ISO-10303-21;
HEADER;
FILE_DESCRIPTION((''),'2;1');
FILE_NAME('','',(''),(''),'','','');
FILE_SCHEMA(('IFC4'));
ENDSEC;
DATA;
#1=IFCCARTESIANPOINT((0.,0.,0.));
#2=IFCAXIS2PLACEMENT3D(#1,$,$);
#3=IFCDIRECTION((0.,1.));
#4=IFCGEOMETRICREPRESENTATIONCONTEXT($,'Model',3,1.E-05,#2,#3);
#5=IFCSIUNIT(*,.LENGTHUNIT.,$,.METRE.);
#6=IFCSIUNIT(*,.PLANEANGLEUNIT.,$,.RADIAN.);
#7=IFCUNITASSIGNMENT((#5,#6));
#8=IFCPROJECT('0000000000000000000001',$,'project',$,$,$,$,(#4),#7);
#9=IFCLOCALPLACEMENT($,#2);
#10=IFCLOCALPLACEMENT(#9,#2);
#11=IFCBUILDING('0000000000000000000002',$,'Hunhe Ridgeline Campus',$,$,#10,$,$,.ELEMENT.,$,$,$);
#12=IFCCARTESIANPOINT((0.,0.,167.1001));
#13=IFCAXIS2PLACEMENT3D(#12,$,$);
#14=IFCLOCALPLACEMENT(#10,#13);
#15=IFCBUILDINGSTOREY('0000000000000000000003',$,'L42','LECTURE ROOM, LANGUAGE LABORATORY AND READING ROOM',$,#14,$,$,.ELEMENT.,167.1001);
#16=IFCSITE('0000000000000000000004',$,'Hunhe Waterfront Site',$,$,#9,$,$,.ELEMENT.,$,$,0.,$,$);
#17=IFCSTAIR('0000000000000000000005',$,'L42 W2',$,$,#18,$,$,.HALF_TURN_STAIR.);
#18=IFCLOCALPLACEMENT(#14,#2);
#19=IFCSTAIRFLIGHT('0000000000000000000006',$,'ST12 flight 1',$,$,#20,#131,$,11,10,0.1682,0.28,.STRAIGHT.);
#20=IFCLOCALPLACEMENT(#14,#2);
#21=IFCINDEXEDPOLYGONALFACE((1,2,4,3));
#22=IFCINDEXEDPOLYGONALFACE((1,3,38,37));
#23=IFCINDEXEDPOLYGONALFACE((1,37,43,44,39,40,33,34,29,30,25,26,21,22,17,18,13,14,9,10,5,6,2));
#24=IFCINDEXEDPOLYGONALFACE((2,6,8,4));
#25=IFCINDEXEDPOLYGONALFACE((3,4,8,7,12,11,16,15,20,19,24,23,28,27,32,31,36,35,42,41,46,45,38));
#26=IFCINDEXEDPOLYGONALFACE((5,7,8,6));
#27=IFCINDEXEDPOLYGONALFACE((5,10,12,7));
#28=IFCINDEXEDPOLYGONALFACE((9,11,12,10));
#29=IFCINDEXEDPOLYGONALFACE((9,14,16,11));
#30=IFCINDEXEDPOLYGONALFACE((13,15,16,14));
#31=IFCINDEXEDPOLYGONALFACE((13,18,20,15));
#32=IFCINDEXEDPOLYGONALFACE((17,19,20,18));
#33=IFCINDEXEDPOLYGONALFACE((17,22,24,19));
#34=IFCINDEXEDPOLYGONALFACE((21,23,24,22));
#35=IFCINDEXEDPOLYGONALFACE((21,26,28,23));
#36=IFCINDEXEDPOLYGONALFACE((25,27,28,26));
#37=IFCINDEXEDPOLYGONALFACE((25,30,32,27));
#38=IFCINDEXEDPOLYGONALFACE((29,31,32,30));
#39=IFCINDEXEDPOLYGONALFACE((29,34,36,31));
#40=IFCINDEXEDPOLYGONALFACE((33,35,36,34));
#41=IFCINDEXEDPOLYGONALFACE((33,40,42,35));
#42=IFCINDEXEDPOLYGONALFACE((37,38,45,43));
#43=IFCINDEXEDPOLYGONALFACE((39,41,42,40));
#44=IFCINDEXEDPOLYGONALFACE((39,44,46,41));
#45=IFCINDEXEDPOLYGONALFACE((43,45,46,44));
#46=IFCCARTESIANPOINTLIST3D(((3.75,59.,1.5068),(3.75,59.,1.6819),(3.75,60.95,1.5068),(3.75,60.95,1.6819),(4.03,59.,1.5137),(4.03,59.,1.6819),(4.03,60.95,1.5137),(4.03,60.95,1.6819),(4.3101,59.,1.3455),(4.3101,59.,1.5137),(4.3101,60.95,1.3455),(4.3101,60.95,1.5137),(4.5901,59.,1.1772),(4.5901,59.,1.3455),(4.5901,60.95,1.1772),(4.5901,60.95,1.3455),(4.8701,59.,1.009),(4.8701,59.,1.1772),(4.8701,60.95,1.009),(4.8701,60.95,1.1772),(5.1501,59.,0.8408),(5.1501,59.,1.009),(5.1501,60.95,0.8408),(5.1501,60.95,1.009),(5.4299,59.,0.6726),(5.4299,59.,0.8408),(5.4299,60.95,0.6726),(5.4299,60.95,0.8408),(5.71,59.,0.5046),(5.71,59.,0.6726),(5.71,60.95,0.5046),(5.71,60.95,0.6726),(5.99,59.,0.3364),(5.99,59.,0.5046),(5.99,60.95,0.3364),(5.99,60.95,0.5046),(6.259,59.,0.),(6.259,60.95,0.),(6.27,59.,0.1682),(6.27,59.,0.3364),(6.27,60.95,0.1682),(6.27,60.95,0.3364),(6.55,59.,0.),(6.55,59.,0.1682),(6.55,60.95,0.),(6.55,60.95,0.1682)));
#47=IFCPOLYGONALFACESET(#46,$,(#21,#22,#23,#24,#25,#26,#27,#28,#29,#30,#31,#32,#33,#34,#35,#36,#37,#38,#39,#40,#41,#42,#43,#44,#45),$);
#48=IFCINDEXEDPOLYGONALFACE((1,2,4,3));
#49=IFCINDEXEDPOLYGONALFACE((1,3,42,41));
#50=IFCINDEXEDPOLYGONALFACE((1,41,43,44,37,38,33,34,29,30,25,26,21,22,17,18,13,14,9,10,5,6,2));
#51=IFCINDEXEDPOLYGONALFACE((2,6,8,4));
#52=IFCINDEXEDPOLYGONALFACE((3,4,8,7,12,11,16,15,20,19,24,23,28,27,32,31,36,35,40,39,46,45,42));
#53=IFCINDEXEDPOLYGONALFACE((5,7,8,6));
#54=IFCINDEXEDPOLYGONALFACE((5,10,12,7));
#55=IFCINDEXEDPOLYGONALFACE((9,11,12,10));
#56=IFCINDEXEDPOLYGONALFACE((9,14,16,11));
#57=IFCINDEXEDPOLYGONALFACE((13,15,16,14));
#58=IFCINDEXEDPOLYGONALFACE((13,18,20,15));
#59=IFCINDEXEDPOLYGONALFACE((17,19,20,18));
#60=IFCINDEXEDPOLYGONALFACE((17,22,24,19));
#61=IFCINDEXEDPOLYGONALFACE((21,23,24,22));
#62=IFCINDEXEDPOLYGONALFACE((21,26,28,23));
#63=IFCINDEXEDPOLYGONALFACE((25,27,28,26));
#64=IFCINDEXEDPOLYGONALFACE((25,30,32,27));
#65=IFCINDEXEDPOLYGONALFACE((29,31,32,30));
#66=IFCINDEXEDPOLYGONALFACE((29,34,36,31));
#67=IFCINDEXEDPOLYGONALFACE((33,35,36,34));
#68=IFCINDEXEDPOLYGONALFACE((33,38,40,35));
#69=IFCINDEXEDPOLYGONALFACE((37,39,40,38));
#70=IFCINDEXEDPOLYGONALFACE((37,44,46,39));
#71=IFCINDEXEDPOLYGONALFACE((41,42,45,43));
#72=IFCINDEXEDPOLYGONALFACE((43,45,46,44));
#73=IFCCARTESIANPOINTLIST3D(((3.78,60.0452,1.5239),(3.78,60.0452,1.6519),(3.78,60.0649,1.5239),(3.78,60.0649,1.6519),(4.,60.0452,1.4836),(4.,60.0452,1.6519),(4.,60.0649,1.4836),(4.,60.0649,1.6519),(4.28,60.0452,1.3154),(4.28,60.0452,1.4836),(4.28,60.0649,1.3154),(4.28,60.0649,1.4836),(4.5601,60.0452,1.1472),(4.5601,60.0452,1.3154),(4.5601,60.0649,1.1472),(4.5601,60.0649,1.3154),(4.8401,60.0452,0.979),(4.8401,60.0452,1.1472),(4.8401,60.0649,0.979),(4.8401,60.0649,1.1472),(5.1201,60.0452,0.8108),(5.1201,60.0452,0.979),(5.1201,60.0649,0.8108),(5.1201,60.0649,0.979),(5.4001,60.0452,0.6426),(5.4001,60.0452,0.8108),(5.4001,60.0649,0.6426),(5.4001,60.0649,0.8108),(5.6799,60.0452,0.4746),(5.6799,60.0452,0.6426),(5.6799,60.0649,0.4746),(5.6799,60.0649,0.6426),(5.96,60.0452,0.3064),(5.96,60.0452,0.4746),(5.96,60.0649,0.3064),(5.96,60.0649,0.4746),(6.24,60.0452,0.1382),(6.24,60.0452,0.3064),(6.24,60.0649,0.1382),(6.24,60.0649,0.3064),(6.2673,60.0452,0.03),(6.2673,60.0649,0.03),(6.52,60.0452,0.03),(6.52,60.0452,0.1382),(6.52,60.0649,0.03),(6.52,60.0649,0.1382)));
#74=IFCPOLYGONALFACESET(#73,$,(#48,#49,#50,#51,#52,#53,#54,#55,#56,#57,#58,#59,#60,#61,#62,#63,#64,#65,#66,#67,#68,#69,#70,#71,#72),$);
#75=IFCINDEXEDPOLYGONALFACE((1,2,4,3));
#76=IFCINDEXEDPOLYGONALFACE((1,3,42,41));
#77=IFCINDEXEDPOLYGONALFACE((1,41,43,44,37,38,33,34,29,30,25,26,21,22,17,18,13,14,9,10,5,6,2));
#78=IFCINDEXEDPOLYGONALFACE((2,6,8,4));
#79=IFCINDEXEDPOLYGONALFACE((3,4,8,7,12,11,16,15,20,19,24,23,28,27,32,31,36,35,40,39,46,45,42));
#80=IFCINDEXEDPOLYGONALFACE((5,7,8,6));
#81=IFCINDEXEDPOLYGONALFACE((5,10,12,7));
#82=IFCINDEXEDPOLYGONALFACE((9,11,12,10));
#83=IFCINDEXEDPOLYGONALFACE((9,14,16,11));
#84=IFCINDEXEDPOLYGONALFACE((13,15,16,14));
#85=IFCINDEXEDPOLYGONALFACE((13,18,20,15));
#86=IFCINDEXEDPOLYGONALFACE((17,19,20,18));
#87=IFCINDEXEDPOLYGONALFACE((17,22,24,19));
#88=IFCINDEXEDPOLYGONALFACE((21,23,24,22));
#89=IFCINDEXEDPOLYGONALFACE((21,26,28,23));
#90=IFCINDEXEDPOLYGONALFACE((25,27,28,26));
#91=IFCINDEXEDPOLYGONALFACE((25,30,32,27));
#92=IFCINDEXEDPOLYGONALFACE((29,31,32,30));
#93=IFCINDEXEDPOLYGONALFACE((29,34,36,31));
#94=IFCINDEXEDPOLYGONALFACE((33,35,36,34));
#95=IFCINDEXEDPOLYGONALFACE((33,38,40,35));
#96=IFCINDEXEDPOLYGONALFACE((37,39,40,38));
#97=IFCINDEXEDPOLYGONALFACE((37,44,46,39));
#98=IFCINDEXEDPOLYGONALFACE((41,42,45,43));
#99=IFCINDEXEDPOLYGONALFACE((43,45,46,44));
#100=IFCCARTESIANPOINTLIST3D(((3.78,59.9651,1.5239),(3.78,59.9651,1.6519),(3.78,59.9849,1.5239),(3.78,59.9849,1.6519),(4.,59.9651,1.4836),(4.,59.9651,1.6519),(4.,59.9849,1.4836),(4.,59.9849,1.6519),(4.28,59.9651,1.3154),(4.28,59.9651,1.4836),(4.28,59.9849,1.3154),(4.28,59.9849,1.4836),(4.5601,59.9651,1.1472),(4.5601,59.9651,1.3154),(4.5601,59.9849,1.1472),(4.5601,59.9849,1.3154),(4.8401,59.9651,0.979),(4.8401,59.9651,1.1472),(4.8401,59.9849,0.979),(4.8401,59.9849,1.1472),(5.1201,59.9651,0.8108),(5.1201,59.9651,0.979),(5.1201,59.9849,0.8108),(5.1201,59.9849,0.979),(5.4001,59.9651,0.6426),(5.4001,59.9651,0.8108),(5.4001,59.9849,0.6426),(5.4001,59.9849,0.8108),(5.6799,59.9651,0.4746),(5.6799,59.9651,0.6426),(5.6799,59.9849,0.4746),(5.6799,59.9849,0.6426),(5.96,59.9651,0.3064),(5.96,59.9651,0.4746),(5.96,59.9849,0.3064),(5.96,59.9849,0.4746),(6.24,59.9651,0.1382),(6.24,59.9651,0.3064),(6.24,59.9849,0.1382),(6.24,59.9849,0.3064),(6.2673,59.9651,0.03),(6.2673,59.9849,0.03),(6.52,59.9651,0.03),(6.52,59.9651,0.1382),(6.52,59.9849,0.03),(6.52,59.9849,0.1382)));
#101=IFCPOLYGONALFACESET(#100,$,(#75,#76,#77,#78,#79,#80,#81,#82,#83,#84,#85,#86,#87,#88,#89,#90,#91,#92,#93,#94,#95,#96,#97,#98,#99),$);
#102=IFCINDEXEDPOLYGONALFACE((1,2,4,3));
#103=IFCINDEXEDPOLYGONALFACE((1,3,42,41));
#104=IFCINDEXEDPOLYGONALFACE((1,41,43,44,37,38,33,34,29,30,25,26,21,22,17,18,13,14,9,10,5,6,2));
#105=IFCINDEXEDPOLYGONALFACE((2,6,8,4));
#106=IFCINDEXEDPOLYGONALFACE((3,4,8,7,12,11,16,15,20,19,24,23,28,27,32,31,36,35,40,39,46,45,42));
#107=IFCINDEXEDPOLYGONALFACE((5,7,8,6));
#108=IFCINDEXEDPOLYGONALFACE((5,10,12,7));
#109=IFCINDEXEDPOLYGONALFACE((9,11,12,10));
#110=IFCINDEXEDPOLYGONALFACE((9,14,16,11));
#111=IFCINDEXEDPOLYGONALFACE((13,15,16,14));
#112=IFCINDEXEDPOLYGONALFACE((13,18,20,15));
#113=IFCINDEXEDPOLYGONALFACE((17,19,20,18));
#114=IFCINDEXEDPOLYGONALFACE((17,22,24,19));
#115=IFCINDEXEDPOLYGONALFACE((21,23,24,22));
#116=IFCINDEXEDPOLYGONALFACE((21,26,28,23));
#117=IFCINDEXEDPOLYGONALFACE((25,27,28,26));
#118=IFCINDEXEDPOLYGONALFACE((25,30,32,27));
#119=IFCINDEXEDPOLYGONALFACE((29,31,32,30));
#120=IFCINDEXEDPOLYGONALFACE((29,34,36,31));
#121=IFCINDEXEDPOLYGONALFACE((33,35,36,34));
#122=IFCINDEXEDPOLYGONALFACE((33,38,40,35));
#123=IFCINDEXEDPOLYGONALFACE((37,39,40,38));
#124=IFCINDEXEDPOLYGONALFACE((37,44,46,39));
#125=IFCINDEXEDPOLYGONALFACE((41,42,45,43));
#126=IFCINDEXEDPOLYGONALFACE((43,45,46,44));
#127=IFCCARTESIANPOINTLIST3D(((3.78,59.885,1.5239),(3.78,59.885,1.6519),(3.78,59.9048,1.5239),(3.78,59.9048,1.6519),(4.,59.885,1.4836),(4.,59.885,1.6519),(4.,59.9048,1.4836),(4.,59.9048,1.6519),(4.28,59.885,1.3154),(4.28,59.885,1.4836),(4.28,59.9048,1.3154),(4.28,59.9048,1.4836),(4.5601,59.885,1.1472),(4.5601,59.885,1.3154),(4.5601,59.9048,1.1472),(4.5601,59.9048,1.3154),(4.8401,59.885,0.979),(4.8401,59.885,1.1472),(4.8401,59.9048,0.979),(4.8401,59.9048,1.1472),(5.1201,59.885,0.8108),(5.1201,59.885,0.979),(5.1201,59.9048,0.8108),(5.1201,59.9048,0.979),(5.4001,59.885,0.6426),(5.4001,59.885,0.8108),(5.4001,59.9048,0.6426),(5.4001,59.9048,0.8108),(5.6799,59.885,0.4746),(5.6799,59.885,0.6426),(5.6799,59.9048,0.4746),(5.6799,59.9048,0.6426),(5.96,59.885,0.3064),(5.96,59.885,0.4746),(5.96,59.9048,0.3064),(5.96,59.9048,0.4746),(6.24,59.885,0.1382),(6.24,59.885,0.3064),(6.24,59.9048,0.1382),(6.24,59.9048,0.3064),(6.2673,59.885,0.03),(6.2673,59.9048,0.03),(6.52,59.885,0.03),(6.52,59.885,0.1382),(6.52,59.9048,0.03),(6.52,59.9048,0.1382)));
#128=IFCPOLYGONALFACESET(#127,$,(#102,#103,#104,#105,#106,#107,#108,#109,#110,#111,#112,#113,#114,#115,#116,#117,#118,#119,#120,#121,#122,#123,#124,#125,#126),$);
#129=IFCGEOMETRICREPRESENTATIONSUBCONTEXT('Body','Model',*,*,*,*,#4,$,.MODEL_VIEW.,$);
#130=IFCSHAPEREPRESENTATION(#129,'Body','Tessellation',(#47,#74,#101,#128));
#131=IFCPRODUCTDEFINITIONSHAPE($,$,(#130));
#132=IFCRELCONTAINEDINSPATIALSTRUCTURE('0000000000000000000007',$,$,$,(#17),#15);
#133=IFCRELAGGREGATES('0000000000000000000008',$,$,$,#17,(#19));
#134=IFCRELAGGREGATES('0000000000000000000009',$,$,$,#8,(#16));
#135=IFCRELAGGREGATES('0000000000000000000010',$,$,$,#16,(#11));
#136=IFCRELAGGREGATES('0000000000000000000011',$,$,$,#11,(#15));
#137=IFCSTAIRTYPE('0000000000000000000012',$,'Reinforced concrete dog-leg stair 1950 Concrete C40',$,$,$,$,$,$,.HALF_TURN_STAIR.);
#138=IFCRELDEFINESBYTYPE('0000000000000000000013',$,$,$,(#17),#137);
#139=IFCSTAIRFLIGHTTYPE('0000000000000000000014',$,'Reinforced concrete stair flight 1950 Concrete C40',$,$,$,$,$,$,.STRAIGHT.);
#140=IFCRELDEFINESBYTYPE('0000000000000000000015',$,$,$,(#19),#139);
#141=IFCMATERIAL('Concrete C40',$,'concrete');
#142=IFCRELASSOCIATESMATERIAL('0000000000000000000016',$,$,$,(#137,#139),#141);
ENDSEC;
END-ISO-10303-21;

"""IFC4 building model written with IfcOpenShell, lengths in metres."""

from ifc_helpers import new_model, si_unit, direction, frame, origin, place, context, subcontext, project, spatial, polyline, outline, extrude, material, type_object, element, aggregate, save


model = new_model("IFC4")

# Units and contexts
model_context = context("Model", 3, precision=1e-05, world=origin(), true_north=direction((0.0, 1.0)))
body_context = subcontext(model_context, "Body", "Model", "MODEL_VIEW")
ifc_project = project(units=[si_unit("LENGTHUNIT", "METRE"), si_unit("PLANEANGLEUNIT", "RADIAN")], contexts=[model_context])

# Site, building, storey
site_placement = place(None, origin())
site = spatial("IfcSite", under=ifc_project, at=site_placement, Name="Hunhe Waterfront Site", CompositionType="ELEMENT", RefElevation=0.0)
building_placement = place(site_placement, origin())
building = spatial("IfcBuilding", under=site, at=building_placement, Name="Hunhe Ridgeline Campus", CompositionType="ELEMENT")
storey_placement = place(building_placement, frame((0.0, 0.0, 167.1001)))
storey = spatial("IfcBuildingStorey", under=building, at=storey_placement, Name="L42", Description="LECTURE ROOM, LANGUAGE LABORATORY AND READING ROOM", CompositionType="ELEMENT", Elevation=167.1001)

# Stair, stair flight
ifc_material_1 = material(Name="Concrete C40", Category="concrete")
stair_type = type_object("IfcStairType", Name="Reinforced concrete dog-leg stair 1950 Concrete C40", PredefinedType="HALF_TURN_STAIR", material=ifc_material_1)
stair_flight_type = type_object("IfcStairFlightType", Name="Reinforced concrete stair flight 1950 Concrete C40", PredefinedType="STRAIGHT", material=ifc_material_1)
stair_1_placement = place(storey_placement, origin())
stair_1 = element("IfcStair", 1, at=stair_1_placement, inside=storey, type_object=stair_type, Name="L42 W2", PredefinedType="HALF_TURN_STAIR")
stair_flight_1_placement = place(storey_placement, frame((6.55, 59.9751, 0.0), z_axis=(0.0, 0.0, 1.0), x_axis=(-1.0, 0.0, 0.0)))
stair_flight_1 = element("IfcStairFlight", 2, at=stair_flight_1_placement, type_object=stair_flight_type, Name="ST12 flight 1", NumberOfRisers=11, NumberOfTreads=10, PredefinedType="STRAIGHT", RiserHeight=0.1682, TreadLength=0.28, context=body_context, shape_type="SweptSolid", body=[
    extrude(outline(polyline([(0.0, 0.0), (0.0, 0.1682), (0.28, 0.1682), (0.28, 0.3364), (0.5601, 0.3364), (0.5601, 0.5046), (0.8401, 0.5046), (0.8401, 0.6726), (1.1201, 0.6726), (1.1201, 0.8408), (1.3999, 0.8408), (1.3999, 1.009), (1.6799, 1.009), (1.6799, 1.1772), (1.96, 1.1772), (1.96, 1.3455), (2.24, 1.3455), (2.24, 1.5137), (2.52, 1.5137), (2.52, 1.6819), (2.8, 1.6819), (2.8, 1.8501), (2.8, 1.5068), (0.291, 0.0), (0.0, 0.0)])), frame((0.0, 0.9751, 0.0), z_axis=(0.0, -1.0, 0.0), x_axis=(1.0, 0.0, 0.0)), (0.0, 0.0, 1.0), 1.95),
    extrude(outline(polyline([(0.03, 0.03), (0.03, 0.1382), (0.3101, 0.1382), (0.3101, 0.3064), (0.5901, 0.3064), (0.5901, 0.4746), (0.8701, 0.4746), (0.8701, 0.6426), (1.1499, 0.6426), (1.1499, 0.8108), (1.4299, 0.8108), (1.4299, 0.979), (1.71, 0.979), (1.71, 1.1472), (1.99, 1.1472), (1.99, 1.3154), (2.27, 1.3154), (2.27, 1.4836), (2.55, 1.4836), (2.55, 1.6519), (2.77, 1.6519), (2.77, 1.5239), (0.2827, 0.03), (0.03, 0.03)])), frame((0.0, -0.0701, 0.0), z_axis=(0.0, -1.0, 0.0), x_axis=(1.0, 0.0, 0.0)), (0.0, 0.0, 1.0), 0.0198),
    extrude(outline(polyline([(0.03, 0.03), (0.03, 0.1382), (0.3101, 0.1382), (0.3101, 0.3064), (0.5901, 0.3064), (0.5901, 0.4746), (0.8701, 0.4746), (0.8701, 0.6426), (1.1499, 0.6426), (1.1499, 0.8108), (1.4299, 0.8108), (1.4299, 0.979), (1.71, 0.979), (1.71, 1.1472), (1.99, 1.1472), (1.99, 1.3154), (2.27, 1.3154), (2.27, 1.4836), (2.55, 1.4836), (2.55, 1.6519), (2.77, 1.6519), (2.77, 1.5239), (0.2827, 0.03), (0.03, 0.03)])), frame((0.0, 0.01, 0.0), z_axis=(0.0, -1.0, 0.0), x_axis=(1.0, 0.0, 0.0)), (0.0, 0.0, 1.0), 0.0198),
    extrude(outline(polyline([(0.03, 0.03), (0.03, 0.1382), (0.3101, 0.1382), (0.3101, 0.3064), (0.5901, 0.3064), (0.5901, 0.4746), (0.8701, 0.4746), (0.8701, 0.6426), (1.1499, 0.6426), (1.1499, 0.8108), (1.4299, 0.8108), (1.4299, 0.979), (1.71, 0.979), (1.71, 1.1472), (1.99, 1.1472), (1.99, 1.3154), (2.27, 1.3154), (2.27, 1.4836), (2.55, 1.4836), (2.55, 1.6519), (2.77, 1.6519), (2.77, 1.5239), (0.2827, 0.03), (0.03, 0.03)])), frame((0.0, 0.0901, 0.0), z_axis=(0.0, -1.0, 0.0), x_axis=(1.0, 0.0, 0.0)), (0.0, 0.0, 1.0), 0.0198),
])
aggregate(stair_1, [stair_flight_1])

save(model, "model.ifc")
